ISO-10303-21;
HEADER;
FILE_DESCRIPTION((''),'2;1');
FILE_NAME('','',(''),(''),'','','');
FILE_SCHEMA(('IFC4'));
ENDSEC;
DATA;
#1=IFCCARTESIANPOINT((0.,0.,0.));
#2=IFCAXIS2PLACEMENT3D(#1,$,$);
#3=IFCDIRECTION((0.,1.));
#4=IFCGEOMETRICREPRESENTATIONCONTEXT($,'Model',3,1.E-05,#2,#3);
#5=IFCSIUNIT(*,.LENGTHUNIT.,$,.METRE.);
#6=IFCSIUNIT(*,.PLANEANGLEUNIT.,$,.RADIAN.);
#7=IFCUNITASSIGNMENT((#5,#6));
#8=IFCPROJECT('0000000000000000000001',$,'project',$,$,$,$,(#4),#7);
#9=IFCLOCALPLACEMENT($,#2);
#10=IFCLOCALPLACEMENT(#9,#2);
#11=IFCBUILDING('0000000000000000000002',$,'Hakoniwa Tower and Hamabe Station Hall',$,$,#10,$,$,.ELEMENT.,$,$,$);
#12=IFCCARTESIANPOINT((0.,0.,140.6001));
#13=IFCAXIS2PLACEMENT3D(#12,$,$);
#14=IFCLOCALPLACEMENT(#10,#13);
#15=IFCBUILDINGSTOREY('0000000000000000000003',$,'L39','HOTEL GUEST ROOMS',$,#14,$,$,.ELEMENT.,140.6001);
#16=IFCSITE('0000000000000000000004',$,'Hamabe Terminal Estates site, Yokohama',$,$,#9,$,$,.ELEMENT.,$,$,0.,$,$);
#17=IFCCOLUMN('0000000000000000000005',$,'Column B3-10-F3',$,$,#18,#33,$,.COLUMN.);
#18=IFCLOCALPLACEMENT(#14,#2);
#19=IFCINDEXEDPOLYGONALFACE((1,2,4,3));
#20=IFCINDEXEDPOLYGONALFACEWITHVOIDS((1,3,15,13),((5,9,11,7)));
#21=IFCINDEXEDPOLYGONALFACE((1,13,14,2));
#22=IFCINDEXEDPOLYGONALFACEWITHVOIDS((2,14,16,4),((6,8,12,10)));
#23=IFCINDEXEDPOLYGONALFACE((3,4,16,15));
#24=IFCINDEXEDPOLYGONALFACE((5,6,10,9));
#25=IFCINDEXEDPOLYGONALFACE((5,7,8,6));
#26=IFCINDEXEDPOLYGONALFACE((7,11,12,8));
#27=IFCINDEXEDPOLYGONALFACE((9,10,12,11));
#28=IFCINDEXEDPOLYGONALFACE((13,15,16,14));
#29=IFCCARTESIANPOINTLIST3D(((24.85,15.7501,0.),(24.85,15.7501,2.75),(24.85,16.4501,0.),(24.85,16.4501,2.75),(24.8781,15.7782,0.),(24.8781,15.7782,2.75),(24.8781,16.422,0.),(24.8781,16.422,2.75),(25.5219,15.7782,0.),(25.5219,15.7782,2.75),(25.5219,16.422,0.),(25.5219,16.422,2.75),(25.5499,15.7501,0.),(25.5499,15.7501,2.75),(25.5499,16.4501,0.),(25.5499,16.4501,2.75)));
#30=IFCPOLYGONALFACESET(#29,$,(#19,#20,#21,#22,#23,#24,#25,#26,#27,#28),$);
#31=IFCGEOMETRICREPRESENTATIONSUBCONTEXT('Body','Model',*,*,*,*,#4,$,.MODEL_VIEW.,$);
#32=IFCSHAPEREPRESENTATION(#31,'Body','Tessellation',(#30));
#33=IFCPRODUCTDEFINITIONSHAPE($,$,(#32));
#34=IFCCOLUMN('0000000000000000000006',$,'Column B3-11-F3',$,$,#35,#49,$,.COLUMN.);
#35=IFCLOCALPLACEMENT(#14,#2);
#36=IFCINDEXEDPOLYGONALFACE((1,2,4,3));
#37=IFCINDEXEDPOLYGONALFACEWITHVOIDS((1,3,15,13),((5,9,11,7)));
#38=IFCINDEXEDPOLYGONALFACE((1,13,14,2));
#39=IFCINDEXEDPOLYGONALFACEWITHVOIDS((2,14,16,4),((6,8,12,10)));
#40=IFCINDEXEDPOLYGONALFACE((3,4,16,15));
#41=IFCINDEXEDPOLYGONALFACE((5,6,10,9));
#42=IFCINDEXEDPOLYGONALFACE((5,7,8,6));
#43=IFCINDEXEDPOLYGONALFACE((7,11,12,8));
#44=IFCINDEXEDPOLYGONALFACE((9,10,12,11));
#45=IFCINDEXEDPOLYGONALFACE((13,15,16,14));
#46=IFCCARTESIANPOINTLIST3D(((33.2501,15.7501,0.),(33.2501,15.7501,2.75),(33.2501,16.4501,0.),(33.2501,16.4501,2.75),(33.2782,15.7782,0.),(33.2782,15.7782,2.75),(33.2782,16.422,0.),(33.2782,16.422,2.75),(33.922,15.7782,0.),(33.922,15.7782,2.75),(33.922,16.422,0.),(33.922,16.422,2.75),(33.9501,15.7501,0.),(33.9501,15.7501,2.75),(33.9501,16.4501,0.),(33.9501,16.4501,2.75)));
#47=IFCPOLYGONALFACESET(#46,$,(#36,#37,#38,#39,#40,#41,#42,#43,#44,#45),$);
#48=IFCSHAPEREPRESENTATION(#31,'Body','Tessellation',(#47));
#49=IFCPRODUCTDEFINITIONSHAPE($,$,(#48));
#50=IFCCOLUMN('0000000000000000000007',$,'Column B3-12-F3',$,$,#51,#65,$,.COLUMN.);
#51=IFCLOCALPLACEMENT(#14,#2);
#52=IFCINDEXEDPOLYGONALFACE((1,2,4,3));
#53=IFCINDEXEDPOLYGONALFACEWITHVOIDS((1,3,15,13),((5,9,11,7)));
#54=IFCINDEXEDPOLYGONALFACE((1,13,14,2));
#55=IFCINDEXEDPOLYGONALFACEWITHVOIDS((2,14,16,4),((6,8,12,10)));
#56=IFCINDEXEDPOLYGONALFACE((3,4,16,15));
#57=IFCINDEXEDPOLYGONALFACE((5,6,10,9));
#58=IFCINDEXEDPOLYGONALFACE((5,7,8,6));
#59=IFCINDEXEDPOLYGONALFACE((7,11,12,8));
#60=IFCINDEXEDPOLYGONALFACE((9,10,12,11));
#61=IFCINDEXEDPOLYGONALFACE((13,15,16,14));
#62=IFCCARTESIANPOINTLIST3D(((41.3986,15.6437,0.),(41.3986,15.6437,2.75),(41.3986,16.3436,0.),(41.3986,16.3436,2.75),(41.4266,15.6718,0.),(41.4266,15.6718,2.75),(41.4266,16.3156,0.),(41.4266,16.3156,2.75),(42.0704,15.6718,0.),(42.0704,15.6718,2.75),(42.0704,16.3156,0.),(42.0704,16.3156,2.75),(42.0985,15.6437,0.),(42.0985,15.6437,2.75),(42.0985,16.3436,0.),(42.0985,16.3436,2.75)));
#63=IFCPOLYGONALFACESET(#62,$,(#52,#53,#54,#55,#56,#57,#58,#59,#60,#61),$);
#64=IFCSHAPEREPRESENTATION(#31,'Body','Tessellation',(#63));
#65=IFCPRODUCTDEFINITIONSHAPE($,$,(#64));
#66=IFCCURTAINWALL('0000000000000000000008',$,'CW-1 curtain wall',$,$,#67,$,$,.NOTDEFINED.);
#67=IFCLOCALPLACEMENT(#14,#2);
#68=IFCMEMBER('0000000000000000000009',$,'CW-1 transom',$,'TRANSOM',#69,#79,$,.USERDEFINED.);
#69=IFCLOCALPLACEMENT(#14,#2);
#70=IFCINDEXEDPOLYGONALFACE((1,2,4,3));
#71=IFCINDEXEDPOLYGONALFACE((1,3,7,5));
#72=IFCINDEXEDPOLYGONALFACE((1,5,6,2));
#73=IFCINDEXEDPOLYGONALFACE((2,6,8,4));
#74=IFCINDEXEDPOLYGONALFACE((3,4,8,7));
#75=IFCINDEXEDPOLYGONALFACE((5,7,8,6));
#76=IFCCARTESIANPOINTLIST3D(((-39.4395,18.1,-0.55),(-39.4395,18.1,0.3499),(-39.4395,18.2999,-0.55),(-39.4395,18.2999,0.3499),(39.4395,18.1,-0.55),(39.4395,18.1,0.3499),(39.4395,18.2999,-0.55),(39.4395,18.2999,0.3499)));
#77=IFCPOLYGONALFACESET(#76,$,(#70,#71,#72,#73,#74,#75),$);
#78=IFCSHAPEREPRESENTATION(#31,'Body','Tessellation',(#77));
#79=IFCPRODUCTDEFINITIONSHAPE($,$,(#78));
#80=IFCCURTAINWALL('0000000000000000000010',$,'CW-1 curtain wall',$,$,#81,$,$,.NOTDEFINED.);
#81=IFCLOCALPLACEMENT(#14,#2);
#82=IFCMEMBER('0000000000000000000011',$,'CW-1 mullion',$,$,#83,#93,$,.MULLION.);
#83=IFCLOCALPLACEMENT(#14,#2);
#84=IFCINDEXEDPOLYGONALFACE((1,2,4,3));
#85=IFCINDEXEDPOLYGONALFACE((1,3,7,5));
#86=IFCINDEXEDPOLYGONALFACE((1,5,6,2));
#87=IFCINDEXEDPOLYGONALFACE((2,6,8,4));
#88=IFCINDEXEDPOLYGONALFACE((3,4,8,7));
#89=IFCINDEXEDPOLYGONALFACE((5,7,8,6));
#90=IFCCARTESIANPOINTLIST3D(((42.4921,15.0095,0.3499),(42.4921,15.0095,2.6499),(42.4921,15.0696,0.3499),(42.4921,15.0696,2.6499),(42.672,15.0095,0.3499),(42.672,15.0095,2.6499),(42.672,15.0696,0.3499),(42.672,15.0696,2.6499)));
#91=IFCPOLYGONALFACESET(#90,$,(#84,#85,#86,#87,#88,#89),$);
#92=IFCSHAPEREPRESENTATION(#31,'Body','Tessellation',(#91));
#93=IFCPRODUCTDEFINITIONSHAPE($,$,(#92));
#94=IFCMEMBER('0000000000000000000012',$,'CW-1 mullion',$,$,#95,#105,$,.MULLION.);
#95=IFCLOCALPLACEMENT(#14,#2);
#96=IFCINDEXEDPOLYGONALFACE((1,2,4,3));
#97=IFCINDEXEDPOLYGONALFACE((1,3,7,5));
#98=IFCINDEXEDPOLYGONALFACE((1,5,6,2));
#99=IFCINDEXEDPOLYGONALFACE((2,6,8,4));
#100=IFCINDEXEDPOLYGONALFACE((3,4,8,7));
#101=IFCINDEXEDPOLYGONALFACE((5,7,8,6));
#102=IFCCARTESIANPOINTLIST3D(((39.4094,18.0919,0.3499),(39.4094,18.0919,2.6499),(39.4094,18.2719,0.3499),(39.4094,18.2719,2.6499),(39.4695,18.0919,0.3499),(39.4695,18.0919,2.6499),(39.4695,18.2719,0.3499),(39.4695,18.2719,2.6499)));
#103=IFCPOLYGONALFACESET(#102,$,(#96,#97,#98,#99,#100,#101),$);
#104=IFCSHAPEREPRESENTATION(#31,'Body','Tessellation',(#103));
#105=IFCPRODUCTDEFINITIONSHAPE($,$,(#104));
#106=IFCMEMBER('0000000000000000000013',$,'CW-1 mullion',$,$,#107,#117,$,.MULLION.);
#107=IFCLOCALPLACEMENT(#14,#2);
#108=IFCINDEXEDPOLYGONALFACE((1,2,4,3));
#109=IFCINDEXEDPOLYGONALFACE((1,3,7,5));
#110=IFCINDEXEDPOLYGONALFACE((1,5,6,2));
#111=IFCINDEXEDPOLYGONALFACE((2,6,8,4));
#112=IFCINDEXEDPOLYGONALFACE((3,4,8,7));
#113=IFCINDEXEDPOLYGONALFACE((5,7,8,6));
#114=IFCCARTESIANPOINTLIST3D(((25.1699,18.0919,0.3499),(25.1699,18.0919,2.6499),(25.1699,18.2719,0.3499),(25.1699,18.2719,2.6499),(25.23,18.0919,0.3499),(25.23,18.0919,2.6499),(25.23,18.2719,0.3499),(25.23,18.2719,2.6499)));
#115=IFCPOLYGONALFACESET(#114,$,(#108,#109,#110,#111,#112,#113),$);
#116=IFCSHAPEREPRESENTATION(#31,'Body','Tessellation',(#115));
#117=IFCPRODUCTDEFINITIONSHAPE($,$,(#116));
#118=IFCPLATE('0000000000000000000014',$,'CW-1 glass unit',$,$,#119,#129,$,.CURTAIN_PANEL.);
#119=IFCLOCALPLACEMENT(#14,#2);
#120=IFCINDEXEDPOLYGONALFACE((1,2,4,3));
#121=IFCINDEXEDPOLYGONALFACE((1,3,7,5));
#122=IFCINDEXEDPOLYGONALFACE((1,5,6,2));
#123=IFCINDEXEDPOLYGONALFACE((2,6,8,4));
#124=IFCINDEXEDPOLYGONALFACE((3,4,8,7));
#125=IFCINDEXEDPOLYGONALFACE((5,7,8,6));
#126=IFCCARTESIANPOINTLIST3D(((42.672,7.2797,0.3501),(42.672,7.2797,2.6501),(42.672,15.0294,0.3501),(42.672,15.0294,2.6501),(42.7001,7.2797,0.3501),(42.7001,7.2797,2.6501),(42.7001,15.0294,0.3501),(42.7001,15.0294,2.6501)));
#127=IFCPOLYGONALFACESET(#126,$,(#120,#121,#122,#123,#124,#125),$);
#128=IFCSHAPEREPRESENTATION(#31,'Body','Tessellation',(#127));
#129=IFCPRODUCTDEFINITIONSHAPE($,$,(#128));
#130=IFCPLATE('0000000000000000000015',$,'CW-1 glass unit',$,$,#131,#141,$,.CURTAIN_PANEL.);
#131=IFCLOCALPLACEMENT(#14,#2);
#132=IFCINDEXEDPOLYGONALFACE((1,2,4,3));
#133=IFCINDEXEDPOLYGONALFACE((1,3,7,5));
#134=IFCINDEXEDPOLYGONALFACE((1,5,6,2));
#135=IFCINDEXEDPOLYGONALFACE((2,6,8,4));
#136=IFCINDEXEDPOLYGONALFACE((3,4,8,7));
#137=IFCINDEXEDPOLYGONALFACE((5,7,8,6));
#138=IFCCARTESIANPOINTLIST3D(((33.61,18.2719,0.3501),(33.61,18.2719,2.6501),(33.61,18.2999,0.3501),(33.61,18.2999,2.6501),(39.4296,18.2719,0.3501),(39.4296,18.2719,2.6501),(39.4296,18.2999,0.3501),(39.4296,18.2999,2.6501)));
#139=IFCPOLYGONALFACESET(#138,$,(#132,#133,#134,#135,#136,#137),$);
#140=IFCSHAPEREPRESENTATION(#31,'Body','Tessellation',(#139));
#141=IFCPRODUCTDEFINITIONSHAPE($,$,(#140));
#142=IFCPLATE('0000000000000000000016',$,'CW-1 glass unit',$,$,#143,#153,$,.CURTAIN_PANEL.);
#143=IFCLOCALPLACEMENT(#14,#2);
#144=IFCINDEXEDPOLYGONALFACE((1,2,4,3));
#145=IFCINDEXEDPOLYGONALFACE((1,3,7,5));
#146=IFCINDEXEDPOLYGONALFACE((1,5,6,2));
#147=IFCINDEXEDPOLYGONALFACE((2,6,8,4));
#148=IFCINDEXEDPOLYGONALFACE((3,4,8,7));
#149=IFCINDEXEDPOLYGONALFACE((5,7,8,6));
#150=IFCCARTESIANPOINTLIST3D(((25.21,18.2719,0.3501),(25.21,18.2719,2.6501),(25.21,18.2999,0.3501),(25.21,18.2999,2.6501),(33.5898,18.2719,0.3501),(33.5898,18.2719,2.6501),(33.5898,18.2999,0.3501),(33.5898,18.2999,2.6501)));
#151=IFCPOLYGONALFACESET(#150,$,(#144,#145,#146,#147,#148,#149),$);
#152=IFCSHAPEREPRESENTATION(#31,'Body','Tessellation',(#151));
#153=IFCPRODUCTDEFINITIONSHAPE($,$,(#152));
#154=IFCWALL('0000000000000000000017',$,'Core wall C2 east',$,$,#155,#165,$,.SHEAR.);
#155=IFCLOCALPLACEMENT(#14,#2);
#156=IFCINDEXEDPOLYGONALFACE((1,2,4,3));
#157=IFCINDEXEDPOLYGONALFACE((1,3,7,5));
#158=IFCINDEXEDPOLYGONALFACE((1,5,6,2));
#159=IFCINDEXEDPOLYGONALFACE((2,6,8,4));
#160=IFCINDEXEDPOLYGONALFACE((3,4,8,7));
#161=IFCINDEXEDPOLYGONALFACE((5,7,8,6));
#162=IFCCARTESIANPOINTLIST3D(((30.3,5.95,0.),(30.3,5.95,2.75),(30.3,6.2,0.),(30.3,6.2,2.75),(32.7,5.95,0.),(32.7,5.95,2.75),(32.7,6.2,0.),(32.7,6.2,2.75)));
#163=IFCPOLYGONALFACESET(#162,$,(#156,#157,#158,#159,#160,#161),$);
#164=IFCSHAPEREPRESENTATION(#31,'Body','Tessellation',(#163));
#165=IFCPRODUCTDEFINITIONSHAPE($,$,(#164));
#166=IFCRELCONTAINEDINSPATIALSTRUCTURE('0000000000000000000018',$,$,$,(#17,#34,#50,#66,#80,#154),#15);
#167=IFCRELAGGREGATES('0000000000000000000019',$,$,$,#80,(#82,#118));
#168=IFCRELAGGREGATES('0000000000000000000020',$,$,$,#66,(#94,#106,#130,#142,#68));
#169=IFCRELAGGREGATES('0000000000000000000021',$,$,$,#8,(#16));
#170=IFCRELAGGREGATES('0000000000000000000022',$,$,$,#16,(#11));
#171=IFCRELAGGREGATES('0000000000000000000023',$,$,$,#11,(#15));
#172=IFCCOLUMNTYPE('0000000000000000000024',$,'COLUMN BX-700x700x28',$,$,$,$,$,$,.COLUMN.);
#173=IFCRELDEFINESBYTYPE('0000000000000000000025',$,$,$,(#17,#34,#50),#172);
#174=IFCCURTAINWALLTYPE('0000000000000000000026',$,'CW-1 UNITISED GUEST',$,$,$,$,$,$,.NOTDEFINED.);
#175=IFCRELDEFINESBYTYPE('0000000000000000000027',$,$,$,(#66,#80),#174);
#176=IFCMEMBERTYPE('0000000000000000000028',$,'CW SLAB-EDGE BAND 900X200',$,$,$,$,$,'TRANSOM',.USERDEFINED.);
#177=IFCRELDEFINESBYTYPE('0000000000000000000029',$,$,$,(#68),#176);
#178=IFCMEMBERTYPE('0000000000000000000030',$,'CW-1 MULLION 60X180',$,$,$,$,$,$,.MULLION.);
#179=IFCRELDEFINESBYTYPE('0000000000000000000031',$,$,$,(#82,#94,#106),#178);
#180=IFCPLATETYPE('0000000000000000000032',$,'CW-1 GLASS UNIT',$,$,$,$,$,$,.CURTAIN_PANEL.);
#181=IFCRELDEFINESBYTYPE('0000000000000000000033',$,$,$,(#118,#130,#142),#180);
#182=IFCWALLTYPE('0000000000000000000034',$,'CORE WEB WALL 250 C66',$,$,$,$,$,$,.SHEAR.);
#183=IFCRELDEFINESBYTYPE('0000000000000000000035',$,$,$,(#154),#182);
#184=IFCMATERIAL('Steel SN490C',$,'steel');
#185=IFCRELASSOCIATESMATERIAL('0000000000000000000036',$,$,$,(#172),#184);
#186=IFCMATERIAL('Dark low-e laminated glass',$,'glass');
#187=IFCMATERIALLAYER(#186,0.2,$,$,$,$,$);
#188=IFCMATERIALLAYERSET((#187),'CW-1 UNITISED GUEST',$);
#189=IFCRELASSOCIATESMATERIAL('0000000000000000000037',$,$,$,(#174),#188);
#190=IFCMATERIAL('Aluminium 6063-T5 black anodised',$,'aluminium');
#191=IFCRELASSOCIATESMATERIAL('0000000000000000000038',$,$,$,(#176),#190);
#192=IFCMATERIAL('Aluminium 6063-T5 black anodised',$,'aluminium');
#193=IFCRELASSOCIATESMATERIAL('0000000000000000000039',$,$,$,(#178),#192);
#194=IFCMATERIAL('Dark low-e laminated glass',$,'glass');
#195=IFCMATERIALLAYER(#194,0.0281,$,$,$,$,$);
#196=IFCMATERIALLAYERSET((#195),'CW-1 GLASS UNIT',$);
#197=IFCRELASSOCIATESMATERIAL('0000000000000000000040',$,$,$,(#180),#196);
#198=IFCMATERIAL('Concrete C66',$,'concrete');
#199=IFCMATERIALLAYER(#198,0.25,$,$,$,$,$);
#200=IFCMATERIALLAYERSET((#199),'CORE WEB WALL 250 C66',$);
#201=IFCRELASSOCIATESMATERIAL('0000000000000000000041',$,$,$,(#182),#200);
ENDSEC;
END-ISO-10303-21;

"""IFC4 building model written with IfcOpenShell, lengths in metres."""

from ifc_helpers import new_model, si_unit, direction, frame, frame_2d, origin, origin_2d, place, context, subcontext, project, spatial, rectangle, hollow_rectangle, extrude, material, layer, layer_set, material_profile, profile_set, type_object, element, aggregate, save


model = new_model("IFC4")

# Units and contexts
model_context = context("Model", 3, precision=1e-05, world=origin(), true_north=direction((0.0, 1.0)))
body_context = subcontext(model_context, "Body", "Model", "MODEL_VIEW")
ifc_project = project(units=[si_unit("LENGTHUNIT", "METRE"), si_unit("PLANEANGLEUNIT", "RADIAN")], contexts=[model_context])

# Site, building, storey
site_placement = place(None, origin())
site = spatial("IfcSite", under=ifc_project, at=site_placement, Name="Hamabe Terminal Estates site, Yokohama", CompositionType="ELEMENT", RefElevation=0.0)
building_placement = place(site_placement, origin())
building = spatial("IfcBuilding", under=site, at=building_placement, Name="Hakoniwa Tower and Hamabe Station Hall", CompositionType="ELEMENT")
storey_placement = place(building_placement, frame((0.0, 0.0, 140.6001)))
storey = spatial("IfcBuildingStorey", under=building, at=storey_placement, Name="L39", Description="HOTEL GUEST ROOMS", CompositionType="ELEMENT", Elevation=140.6001)

# Columns
ifc_material_1 = material(Name="Steel SN490C", Category="steel")
ifc_material_profile_1 = material_profile(ifc_material_1, hollow_rectangle(XDim=0.7, YDim=0.7, WallThickness=0.0281, at=origin_2d()), Name="BX-700x700x28")
ifc_profile_set_1 = profile_set([ifc_material_profile_1], Name="Steel SN490C")
column_type = type_object("IfcColumnType", Name="COLUMN BX-700x700x28", PredefinedType="COLUMN", material=ifc_profile_set_1)
for number, where, z_axis, x_axis, name in (
    (1, (25.2, 16.1001, 0.0), (0.0, 0.0, 1.0), (1.0, 0.0, 0.0), "Column B3-10-F3"),
    (2, (33.6001, 16.1001, 0.0), (0.0, 0.0, 1.0), (1.0, 0.0, 0.0), "Column B3-11-F3"),
    (3, (41.7485, 15.9937, 0.0), (0.0, 0.0, 1.0), (1.0, 0.0, 0.0), "Column B3-12-F3"),
):
    element("IfcColumn", number, at=place(storey_placement, frame(where, z_axis=z_axis, x_axis=x_axis)), inside=storey, type_object=column_type, Name=name, PredefinedType="COLUMN", context=body_context, shape_type="SweptSolid", body=[
        extrude(hollow_rectangle(XDim=0.7, YDim=0.7, WallThickness=0.0281, at=origin_2d()), origin(), (0.0, 0.0, 1.0), 2.75),
    ])

# Curtain walls, members
ifc_material_2 = material(Name="Dark low-e laminated glass", Category="glass")
ifc_layer_1 = layer(ifc_material_2, 0.2)
ifc_layer_set_1 = layer_set([ifc_layer_1], Name="CW-1 UNITISED GUEST")
curtain_wall_type = type_object("IfcCurtainWallType", Name="CW-1 UNITISED GUEST", PredefinedType="NOTDEFINED", material=ifc_layer_set_1)
curtain_wall_1_placement = place(storey_placement, origin())
curtain_wall_1 = element("IfcCurtainWall", 4, at=curtain_wall_1_placement, inside=storey, type_object=curtain_wall_type, Name="CW-1 curtain wall", PredefinedType="NOTDEFINED")
ifc_material_3 = material(Name="Aluminium 6063-T5 black anodised", Category="aluminium")
ifc_material_profile_2 = material_profile(ifc_material_3, rectangle(XDim=0.2, YDim=0.8999, at=origin_2d()), Name="CW SLAB-EDGE BAND 900X200")
ifc_profile_set_2 = profile_set([ifc_material_profile_2], Name="Aluminium 6063-T5 black anodised")
member_type_1 = type_object("IfcMemberType", Name="CW SLAB-EDGE BAND 900X200", ElementType="TRANSOM", PredefinedType="USERDEFINED", material=ifc_profile_set_2)
member_1_placement = place(storey_placement, frame((39.4395, 18.2, -0.1001), z_axis=(-1.0, 0.0, 0.0), x_axis=(0.0, -1.0, 0.0)))
member_1 = element("IfcMember", 5, at=member_1_placement, type_object=member_type_1, Name="CW-1 transom", ObjectType="TRANSOM", PredefinedType="USERDEFINED", context=body_context, shape_type="SweptSolid", body=[
    extrude(rectangle(XDim=0.2, YDim=0.8999, at=origin_2d()), origin(), (0.0, 0.0, 1.0), 78.8789),
])
curtain_wall_2_placement = place(storey_placement, origin())
curtain_wall_2 = element("IfcCurtainWall", 6, at=curtain_wall_2_placement, inside=storey, type_object=curtain_wall_type, Name="CW-1 curtain wall", PredefinedType="NOTDEFINED")
ifc_material_4 = material(Name="Aluminium 6063-T5 black anodised", Category="aluminium")
ifc_material_profile_3 = material_profile(ifc_material_4, rectangle(XDim=0.0601, YDim=0.1799, at=origin_2d()), Name="CW-1 MULLION 60X180")
ifc_profile_set_3 = profile_set([ifc_material_profile_3], Name="Aluminium 6063-T5 black anodised")
member_type_2 = type_object("IfcMemberType", Name="CW-1 MULLION 60X180", PredefinedType="MULLION", material=ifc_profile_set_3)
member_2_placement = place(storey_placement, frame((42.582, 15.0396, 0.3499), z_axis=(0.0, 0.0, 1.0), x_axis=(0.0, 1.0, 0.0)))
member_2 = element("IfcMember", 7, at=member_2_placement, type_object=member_type_2, Name="CW-1 mullion", PredefinedType="MULLION", context=body_context, shape_type="SweptSolid", body=[
    extrude(rectangle(XDim=0.0601, YDim=0.1799, at=origin_2d()), origin(), (0.0, 0.0, 1.0), 2.3),
])

# Members
member_3_placement = place(storey_placement, frame((39.4395, 18.1819, 0.3499), z_axis=(0.0, 0.0, 1.0), x_axis=(-1.0, 0.0, 0.0)))
member_3 = element("IfcMember", 8, at=member_3_placement, type_object=member_type_2, Name="CW-1 mullion", PredefinedType="MULLION", context=body_context, shape_type="SweptSolid", body=[
    extrude(rectangle(XDim=0.0601, YDim=0.1799, at=origin_2d()), origin(), (0.0, 0.0, 1.0), 2.3),
])
member_4_placement = place(storey_placement, frame((25.2, 18.1819, 0.3499), z_axis=(0.0, 0.0, 1.0), x_axis=(-1.0, 0.0, 0.0)))
member_4 = element("IfcMember", 9, at=member_4_placement, type_object=member_type_2, Name="CW-1 mullion", PredefinedType="MULLION", context=body_context, shape_type="SweptSolid", body=[
    extrude(rectangle(XDim=0.0601, YDim=0.1799, at=origin_2d()), origin(), (0.0, 0.0, 1.0), 2.3),
])

# Plates
ifc_material_5 = material(Name="Dark low-e laminated glass", Category="glass")
ifc_layer_2 = layer(ifc_material_5, 0.0281)
ifc_layer_set_2 = layer_set([ifc_layer_2], Name="CW-1 GLASS UNIT")
plate_type = type_object("IfcPlateType", Name="CW-1 GLASS UNIT", PredefinedType="CURTAIN_PANEL", material=ifc_layer_set_2)
plate_1_placement = place(storey_placement, frame((42.686, 11.1545, 0.3501), z_axis=(0.0, 0.0, 1.0), x_axis=(0.0, 1.0, 0.0)))
plate_1 = element("IfcPlate", 10, at=plate_1_placement, type_object=plate_type, Name="CW-1 glass unit", PredefinedType="CURTAIN_PANEL", context=body_context, shape_type="SweptSolid", body=[
    extrude(rectangle(XDim=7.7498, YDim=0.0281, at=origin_2d()), origin(), (0.0, 0.0, 1.0), 2.3),
])
aggregate(curtain_wall_2, [member_2, plate_1])
plate_2_placement = place(storey_placement, frame((36.5198, 18.2859, 0.3501), z_axis=(0.0, 0.0, 1.0), x_axis=(-1.0, 0.0, 0.0)))
plate_2 = element("IfcPlate", 11, at=plate_2_placement, type_object=plate_type, Name="CW-1 glass unit", PredefinedType="CURTAIN_PANEL", context=body_context, shape_type="SweptSolid", body=[
    extrude(rectangle(XDim=5.8196, YDim=0.0281, at=origin_2d()), origin(), (0.0, 0.0, 1.0), 2.3),
])
plate_3_placement = place(storey_placement, frame((29.3999, 18.2859, 0.3501), z_axis=(0.0, 0.0, 1.0), x_axis=(-1.0, 0.0, 0.0)))
plate_3 = element("IfcPlate", 12, at=plate_3_placement, type_object=plate_type, Name="CW-1 glass unit", PredefinedType="CURTAIN_PANEL", context=body_context, shape_type="SweptSolid", body=[
    extrude(rectangle(XDim=8.3799, YDim=0.0281, at=origin_2d()), origin(), (0.0, 0.0, 1.0), 2.3),
])
aggregate(curtain_wall_1, [member_3, member_4, plate_2, plate_3, member_1])

# Wall
ifc_material_6 = material(Name="Concrete C66", Category="concrete")
ifc_layer_3 = layer(ifc_material_6, 0.25)
ifc_layer_set_3 = layer_set([ifc_layer_3], Name="CORE WEB WALL 250 C66")
wall_type_1 = type_object("IfcWallType", Name="CORE WEB WALL 250 C66", PredefinedType="SHEAR", material=ifc_layer_set_3)
wall_1_placement = place(storey_placement, frame((30.3, 6.075, 0.0), z_axis=(0.0, 0.0, 1.0), x_axis=(1.0, 0.0, 0.0)))
element("IfcWall", 13, at=wall_1_placement, inside=storey, type_object=wall_type_1, Name="Core wall C2 east", PredefinedType="SHEAR", context=body_context, shape_type="SweptSolid", body=[
    extrude(rectangle(XDim=2.3999, YDim=0.25, at=frame_2d((1.2, 0.0))), origin(), (0.0, 0.0, 1.0), 2.75),
])

save(model, "model.ifc")
